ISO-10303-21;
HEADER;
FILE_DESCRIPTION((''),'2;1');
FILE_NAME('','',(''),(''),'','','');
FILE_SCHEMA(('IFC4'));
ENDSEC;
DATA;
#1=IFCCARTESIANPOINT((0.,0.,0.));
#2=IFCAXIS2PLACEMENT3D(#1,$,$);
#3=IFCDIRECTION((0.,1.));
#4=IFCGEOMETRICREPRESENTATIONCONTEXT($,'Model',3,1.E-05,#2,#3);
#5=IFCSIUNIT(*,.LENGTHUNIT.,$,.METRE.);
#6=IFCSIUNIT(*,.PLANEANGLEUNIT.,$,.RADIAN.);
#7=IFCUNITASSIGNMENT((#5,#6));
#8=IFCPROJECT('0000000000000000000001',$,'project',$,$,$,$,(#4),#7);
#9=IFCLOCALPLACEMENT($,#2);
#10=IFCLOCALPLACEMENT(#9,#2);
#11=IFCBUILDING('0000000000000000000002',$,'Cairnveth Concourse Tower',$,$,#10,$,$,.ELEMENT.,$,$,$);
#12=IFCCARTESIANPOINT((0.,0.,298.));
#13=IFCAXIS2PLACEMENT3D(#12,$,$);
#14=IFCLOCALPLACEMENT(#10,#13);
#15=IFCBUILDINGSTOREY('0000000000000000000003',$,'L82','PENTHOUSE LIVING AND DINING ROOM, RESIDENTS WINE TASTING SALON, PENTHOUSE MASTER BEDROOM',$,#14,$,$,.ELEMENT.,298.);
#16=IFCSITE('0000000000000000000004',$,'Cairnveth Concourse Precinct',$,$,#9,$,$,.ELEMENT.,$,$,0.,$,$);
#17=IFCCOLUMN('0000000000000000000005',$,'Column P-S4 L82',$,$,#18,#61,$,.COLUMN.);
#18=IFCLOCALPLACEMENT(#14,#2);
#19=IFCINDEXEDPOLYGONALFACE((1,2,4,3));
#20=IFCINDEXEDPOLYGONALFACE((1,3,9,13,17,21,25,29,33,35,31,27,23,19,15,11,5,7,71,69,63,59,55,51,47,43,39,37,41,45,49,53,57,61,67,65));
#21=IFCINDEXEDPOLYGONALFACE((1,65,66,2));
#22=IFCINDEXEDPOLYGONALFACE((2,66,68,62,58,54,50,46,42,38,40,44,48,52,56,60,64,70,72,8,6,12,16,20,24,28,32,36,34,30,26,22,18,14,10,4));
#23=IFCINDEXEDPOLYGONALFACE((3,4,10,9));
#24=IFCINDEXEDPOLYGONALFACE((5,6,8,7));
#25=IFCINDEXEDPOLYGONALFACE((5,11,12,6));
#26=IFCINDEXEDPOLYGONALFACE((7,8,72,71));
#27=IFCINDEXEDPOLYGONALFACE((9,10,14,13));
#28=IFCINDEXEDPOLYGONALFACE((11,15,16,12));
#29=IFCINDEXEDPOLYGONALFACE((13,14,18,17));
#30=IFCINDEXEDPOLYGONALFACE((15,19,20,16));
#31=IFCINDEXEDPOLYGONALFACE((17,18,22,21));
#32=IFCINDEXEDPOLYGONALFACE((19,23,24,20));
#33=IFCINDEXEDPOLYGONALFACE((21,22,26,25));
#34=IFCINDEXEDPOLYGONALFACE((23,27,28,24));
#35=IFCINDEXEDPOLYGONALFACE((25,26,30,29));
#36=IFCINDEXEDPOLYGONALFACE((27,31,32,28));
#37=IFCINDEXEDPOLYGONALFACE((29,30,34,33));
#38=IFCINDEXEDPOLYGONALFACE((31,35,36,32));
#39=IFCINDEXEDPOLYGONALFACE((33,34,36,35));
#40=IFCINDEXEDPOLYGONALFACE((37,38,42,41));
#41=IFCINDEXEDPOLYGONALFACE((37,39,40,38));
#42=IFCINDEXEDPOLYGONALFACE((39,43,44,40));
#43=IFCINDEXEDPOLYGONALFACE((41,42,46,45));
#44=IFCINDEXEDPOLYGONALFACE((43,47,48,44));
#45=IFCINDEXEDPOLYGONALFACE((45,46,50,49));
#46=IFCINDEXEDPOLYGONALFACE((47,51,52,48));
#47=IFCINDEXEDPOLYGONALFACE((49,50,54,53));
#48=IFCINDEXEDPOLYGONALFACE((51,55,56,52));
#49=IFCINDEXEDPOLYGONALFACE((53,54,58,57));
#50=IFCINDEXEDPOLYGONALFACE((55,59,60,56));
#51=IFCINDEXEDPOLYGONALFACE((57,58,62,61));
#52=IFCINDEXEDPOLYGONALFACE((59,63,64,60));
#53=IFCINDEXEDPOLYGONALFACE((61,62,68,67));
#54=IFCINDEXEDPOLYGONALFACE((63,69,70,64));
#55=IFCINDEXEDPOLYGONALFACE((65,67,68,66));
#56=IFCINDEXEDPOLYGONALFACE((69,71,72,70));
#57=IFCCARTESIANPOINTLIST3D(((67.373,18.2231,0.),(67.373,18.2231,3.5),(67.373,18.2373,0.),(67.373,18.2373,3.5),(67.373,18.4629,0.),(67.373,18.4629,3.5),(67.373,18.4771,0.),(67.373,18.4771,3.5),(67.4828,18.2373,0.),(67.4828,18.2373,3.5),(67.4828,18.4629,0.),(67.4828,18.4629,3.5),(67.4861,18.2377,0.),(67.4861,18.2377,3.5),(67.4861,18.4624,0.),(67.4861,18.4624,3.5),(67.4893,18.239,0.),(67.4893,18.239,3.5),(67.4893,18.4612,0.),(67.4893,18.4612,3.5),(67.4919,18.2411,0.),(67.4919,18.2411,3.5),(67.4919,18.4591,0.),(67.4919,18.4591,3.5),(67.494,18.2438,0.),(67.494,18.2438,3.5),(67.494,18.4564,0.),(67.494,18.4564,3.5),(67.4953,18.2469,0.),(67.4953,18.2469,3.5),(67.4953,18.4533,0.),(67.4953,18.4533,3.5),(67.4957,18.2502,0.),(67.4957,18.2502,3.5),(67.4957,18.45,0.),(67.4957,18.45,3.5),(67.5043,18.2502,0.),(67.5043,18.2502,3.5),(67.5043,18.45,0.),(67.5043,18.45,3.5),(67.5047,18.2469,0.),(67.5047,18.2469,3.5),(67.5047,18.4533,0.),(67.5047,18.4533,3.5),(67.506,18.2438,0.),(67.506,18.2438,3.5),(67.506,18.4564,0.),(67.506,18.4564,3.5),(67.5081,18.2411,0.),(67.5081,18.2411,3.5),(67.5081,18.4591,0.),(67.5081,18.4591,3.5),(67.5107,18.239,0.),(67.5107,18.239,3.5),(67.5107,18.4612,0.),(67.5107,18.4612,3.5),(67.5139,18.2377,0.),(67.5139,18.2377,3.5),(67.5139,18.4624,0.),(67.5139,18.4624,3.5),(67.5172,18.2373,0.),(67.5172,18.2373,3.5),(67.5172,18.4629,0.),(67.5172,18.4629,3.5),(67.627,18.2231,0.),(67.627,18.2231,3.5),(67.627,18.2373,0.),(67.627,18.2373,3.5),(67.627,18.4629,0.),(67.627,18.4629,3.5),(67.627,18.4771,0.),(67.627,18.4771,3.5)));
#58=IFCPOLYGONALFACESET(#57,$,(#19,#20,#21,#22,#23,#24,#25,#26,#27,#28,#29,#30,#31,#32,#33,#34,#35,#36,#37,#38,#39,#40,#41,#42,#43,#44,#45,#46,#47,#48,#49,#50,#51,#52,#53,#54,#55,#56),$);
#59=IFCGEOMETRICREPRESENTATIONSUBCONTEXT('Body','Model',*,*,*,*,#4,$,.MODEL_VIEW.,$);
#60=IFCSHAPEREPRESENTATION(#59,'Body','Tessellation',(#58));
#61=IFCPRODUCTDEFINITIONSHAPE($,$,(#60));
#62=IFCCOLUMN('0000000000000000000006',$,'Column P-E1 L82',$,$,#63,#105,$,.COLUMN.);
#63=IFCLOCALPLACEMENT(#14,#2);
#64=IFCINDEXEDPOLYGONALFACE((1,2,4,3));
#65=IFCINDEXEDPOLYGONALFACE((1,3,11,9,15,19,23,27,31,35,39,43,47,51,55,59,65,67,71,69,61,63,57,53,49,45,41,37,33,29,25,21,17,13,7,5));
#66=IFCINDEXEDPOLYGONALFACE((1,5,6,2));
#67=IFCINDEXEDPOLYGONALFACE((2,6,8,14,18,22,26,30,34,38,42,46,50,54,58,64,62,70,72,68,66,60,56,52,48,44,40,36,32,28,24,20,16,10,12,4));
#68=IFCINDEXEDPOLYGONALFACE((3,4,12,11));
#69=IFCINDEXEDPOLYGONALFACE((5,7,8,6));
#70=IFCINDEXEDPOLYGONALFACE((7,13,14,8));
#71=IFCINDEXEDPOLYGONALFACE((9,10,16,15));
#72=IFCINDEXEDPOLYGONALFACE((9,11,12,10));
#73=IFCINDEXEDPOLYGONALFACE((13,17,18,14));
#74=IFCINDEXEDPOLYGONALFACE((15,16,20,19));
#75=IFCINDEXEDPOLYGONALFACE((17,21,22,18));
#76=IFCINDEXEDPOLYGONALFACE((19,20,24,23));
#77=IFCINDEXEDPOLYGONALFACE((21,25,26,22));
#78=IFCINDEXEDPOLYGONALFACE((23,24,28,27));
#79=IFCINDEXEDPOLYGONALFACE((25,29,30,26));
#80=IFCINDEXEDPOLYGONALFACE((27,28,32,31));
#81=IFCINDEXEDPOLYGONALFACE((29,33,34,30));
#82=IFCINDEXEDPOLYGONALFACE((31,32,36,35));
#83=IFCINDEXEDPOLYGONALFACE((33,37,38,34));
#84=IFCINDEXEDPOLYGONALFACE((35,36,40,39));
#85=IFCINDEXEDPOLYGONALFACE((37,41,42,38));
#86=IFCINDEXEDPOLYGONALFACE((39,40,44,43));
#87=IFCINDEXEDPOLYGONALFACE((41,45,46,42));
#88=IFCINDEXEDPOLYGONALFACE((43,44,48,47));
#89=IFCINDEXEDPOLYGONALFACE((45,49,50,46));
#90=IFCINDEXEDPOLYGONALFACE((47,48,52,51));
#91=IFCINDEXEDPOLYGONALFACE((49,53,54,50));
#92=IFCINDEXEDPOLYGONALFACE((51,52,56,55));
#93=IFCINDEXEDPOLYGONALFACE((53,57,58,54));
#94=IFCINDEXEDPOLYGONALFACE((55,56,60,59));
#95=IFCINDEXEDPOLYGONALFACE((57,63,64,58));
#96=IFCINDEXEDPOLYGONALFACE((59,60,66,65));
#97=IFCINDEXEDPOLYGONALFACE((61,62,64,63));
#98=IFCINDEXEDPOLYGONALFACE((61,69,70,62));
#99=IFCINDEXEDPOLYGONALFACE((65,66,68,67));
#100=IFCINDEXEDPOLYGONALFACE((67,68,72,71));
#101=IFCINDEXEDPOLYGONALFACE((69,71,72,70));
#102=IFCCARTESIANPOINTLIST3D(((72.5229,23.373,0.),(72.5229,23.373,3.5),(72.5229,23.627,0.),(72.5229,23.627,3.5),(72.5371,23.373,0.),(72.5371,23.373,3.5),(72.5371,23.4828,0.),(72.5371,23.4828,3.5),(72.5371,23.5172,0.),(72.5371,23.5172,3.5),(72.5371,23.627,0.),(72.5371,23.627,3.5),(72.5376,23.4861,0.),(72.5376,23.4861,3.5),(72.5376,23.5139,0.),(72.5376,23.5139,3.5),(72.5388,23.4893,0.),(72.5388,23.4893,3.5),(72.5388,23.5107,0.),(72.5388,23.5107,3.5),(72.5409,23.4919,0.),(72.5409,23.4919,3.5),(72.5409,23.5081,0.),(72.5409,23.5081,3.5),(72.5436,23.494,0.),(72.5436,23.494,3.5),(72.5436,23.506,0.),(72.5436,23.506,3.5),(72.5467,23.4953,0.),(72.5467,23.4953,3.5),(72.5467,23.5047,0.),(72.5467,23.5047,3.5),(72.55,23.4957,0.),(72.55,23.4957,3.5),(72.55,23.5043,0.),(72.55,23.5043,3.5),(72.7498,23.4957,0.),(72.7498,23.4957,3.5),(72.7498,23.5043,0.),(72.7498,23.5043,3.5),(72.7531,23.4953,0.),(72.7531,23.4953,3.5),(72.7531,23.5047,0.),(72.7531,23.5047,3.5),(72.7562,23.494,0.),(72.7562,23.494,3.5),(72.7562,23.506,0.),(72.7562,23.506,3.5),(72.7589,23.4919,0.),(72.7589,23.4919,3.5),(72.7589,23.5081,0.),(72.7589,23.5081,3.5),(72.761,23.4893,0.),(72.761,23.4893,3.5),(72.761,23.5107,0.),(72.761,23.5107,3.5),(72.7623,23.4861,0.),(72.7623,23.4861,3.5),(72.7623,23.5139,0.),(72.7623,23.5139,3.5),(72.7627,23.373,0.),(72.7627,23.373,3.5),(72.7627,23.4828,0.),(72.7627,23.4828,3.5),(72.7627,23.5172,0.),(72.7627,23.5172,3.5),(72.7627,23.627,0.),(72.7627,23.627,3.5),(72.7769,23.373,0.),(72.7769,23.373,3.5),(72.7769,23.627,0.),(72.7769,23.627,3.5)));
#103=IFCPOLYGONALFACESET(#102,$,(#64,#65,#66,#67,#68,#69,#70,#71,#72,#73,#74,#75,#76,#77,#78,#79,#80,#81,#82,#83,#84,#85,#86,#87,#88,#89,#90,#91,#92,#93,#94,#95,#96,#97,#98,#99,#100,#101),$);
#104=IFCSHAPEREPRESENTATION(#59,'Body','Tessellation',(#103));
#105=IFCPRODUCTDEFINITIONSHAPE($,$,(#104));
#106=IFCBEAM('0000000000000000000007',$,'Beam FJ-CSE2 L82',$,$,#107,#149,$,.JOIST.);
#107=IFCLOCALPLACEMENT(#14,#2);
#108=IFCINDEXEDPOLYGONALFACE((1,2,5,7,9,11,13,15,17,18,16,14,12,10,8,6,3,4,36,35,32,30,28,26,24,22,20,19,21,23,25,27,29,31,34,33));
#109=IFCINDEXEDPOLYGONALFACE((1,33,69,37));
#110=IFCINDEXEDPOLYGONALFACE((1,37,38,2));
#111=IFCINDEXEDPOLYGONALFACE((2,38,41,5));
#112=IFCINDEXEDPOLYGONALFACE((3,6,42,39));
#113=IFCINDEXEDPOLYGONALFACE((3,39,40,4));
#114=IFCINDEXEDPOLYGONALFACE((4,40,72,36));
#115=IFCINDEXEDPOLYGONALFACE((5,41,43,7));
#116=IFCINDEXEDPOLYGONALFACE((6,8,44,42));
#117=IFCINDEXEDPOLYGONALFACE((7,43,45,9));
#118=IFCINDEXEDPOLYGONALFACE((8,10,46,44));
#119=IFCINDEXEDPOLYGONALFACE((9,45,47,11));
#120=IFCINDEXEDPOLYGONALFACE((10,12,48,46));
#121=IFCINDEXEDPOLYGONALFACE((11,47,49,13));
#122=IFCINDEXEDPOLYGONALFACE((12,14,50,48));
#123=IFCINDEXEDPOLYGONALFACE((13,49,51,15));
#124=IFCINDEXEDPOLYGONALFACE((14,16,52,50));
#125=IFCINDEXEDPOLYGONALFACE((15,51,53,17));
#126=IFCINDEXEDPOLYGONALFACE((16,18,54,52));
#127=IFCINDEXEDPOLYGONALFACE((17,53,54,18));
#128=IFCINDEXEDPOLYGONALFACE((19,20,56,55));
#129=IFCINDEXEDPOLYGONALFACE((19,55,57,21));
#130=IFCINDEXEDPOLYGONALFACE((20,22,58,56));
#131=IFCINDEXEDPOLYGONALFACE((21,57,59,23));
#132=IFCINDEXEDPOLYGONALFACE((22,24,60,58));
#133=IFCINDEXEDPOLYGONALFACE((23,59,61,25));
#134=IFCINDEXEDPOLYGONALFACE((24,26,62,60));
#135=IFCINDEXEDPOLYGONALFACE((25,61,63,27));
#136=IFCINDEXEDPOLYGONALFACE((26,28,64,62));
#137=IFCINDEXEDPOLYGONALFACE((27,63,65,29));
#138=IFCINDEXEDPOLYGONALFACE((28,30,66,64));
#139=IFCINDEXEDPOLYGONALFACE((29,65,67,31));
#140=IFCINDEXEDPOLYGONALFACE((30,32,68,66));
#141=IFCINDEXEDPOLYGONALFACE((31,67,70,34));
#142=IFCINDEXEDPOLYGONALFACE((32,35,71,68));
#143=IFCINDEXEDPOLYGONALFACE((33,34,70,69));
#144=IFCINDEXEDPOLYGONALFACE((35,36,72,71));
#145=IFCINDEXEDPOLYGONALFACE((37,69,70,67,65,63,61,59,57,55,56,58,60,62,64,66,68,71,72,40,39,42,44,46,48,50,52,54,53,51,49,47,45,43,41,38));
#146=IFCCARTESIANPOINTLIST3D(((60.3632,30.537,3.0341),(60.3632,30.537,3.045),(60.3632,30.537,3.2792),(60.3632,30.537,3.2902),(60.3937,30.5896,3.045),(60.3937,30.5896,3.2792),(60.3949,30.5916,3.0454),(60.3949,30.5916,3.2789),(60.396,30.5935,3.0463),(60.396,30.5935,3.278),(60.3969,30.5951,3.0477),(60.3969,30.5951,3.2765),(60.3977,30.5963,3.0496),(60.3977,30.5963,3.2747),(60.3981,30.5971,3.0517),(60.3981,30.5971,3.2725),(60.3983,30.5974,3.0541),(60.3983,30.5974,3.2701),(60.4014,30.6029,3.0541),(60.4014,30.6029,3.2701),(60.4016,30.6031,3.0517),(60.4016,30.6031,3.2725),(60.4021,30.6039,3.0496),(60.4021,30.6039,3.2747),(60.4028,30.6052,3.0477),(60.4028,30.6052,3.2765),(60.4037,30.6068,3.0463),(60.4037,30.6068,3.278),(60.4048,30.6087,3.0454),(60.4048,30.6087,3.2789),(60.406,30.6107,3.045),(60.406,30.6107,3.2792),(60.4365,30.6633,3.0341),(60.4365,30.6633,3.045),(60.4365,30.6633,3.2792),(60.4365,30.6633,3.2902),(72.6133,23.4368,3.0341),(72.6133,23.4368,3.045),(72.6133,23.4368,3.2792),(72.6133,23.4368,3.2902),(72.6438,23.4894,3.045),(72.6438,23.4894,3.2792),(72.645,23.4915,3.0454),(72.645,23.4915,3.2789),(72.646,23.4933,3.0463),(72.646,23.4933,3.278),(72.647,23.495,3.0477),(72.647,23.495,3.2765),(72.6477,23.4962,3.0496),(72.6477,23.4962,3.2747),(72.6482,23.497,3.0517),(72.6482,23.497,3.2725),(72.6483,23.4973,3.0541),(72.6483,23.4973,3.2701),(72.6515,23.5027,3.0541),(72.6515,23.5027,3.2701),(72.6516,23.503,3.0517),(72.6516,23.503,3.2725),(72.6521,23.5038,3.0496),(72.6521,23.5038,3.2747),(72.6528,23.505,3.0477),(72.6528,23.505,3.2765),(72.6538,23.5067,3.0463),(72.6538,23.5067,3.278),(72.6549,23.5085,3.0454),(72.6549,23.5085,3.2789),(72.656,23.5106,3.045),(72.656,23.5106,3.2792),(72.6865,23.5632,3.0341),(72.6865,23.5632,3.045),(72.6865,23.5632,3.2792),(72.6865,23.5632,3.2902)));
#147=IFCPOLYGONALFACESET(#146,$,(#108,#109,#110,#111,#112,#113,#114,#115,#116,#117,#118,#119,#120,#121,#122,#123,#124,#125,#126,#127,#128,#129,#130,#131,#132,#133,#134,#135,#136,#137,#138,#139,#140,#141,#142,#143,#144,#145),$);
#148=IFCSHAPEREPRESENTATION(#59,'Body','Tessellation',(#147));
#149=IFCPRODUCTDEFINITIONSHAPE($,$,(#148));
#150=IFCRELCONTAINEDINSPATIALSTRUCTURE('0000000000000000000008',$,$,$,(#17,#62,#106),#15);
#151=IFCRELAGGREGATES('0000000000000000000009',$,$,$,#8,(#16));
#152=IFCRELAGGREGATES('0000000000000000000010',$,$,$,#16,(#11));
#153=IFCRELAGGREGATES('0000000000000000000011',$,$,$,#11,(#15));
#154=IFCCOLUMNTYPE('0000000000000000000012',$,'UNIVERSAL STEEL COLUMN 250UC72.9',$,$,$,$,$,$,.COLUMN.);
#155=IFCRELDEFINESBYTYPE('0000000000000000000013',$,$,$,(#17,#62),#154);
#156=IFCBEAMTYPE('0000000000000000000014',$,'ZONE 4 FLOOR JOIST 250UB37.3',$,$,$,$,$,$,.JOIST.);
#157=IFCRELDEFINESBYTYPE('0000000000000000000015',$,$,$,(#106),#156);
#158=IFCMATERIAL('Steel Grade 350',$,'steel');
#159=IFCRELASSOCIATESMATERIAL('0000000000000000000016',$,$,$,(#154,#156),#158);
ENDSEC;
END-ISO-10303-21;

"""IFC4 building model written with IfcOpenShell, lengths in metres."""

from ifc_helpers import new_model, si_unit, direction, frame, origin, origin_2d, place, context, subcontext, project, spatial, i_section, extrude, material, material_profile, profile_set, type_object, element, save


model = new_model("IFC4")

# Units and contexts
model_context = context("Model", 3, precision=1e-05, world=origin(), true_north=direction((0.0, 1.0)))
body_context = subcontext(model_context, "Body", "Model", "MODEL_VIEW")
ifc_project = project(units=[si_unit("LENGTHUNIT", "METRE"), si_unit("PLANEANGLEUNIT", "RADIAN")], contexts=[model_context])

# Site, building, storey
site_placement = place(None, origin())
site = spatial("IfcSite", under=ifc_project, at=site_placement, Name="Cairnveth Concourse Precinct", CompositionType="ELEMENT", RefElevation=0.0)
building_placement = place(site_placement, origin())
building = spatial("IfcBuilding", under=site, at=building_placement, Name="Cairnveth Concourse Tower", CompositionType="ELEMENT")
storey_placement = place(building_placement, frame((0.0, 0.0, 298.0)))
storey = spatial("IfcBuildingStorey", under=building, at=storey_placement, Name="L82", Description="PENTHOUSE LIVING AND DINING ROOM, RESIDENTS WINE TASTING SALON, PENTHOUSE MASTER BEDROOM", CompositionType="ELEMENT", Elevation=298.0)

# Columns
ifc_material_1 = material(Name="Steel Grade 350", Category="steel")
ifc_material_profile_1 = material_profile(ifc_material_1, i_section(OverallWidth=0.2539, OverallDepth=0.2539, WebThickness=0.0085, FlangeThickness=0.0142, FilletRadius=0.0129, at=origin_2d()), Name="250UC72.9")
ifc_profile_set_1 = profile_set([ifc_material_profile_1], Name="Steel Grade 350")
column_type = type_object("IfcColumnType", Name="UNIVERSAL STEEL COLUMN 250UC72.9", PredefinedType="COLUMN", material=ifc_profile_set_1)
for number, where, z_axis, x_axis, name in (
    (1, (67.5, 18.3501, 0.0), (0.0, 0.0, 1.0), (1.0, 0.0, 0.0), "Column P-S4 L82"),
    (2, (72.6499, 23.5, 0.0), (0.0, 0.0, 1.0), (0.0, 1.0, 0.0), "Column P-E1 L82"),
):
    element("IfcColumn", number, at=place(storey_placement, frame(where, z_axis=z_axis, x_axis=x_axis)), inside=storey, type_object=column_type, Name=name, PredefinedType="COLUMN", context=body_context, shape_type="SweptSolid", body=[
        extrude(i_section(OverallWidth=0.2539, OverallDepth=0.2539, WebThickness=0.0085, FlangeThickness=0.0142, FilletRadius=0.0129, at=origin_2d()), origin(), (0.0, 0.0, 1.0), 3.5),
    ])

# Beam
ifc_material_profile_2 = material_profile(ifc_material_1, i_section(OverallWidth=0.146, OverallDepth=0.2561, WebThickness=0.0063, FlangeThickness=0.011, FilletRadius=0.009, at=origin_2d()), Name="250UB37.3")
ifc_profile_set_2 = profile_set([ifc_material_profile_2], Name="Steel Grade 350")
beam_type_1 = type_object("IfcBeamType", Name="ZONE 4 FLOOR JOIST 250UB37.3", PredefinedType="JOIST", material=ifc_profile_set_2)
beam_1_placement = place(storey_placement, frame((72.6499, 23.5, 3.1621), z_axis=(-0.865181, 0.501459, 0.0), x_axis=(-0.501459, -0.865181, 0.0)))
element("IfcBeam", 3, at=beam_1_placement, inside=storey, type_object=beam_type_1, Name="Beam FJ-CSE2 L82", PredefinedType="JOIST", context=body_context, shape_type="SweptSolid", body=[
    extrude(i_section(OverallWidth=0.146, OverallDepth=0.2561, WebThickness=0.0063, FlangeThickness=0.011, FilletRadius=0.009, at=origin_2d()), origin(), (0.0, 0.0, 1.0), 14.1589),
])

save(model, "model.ifc")
